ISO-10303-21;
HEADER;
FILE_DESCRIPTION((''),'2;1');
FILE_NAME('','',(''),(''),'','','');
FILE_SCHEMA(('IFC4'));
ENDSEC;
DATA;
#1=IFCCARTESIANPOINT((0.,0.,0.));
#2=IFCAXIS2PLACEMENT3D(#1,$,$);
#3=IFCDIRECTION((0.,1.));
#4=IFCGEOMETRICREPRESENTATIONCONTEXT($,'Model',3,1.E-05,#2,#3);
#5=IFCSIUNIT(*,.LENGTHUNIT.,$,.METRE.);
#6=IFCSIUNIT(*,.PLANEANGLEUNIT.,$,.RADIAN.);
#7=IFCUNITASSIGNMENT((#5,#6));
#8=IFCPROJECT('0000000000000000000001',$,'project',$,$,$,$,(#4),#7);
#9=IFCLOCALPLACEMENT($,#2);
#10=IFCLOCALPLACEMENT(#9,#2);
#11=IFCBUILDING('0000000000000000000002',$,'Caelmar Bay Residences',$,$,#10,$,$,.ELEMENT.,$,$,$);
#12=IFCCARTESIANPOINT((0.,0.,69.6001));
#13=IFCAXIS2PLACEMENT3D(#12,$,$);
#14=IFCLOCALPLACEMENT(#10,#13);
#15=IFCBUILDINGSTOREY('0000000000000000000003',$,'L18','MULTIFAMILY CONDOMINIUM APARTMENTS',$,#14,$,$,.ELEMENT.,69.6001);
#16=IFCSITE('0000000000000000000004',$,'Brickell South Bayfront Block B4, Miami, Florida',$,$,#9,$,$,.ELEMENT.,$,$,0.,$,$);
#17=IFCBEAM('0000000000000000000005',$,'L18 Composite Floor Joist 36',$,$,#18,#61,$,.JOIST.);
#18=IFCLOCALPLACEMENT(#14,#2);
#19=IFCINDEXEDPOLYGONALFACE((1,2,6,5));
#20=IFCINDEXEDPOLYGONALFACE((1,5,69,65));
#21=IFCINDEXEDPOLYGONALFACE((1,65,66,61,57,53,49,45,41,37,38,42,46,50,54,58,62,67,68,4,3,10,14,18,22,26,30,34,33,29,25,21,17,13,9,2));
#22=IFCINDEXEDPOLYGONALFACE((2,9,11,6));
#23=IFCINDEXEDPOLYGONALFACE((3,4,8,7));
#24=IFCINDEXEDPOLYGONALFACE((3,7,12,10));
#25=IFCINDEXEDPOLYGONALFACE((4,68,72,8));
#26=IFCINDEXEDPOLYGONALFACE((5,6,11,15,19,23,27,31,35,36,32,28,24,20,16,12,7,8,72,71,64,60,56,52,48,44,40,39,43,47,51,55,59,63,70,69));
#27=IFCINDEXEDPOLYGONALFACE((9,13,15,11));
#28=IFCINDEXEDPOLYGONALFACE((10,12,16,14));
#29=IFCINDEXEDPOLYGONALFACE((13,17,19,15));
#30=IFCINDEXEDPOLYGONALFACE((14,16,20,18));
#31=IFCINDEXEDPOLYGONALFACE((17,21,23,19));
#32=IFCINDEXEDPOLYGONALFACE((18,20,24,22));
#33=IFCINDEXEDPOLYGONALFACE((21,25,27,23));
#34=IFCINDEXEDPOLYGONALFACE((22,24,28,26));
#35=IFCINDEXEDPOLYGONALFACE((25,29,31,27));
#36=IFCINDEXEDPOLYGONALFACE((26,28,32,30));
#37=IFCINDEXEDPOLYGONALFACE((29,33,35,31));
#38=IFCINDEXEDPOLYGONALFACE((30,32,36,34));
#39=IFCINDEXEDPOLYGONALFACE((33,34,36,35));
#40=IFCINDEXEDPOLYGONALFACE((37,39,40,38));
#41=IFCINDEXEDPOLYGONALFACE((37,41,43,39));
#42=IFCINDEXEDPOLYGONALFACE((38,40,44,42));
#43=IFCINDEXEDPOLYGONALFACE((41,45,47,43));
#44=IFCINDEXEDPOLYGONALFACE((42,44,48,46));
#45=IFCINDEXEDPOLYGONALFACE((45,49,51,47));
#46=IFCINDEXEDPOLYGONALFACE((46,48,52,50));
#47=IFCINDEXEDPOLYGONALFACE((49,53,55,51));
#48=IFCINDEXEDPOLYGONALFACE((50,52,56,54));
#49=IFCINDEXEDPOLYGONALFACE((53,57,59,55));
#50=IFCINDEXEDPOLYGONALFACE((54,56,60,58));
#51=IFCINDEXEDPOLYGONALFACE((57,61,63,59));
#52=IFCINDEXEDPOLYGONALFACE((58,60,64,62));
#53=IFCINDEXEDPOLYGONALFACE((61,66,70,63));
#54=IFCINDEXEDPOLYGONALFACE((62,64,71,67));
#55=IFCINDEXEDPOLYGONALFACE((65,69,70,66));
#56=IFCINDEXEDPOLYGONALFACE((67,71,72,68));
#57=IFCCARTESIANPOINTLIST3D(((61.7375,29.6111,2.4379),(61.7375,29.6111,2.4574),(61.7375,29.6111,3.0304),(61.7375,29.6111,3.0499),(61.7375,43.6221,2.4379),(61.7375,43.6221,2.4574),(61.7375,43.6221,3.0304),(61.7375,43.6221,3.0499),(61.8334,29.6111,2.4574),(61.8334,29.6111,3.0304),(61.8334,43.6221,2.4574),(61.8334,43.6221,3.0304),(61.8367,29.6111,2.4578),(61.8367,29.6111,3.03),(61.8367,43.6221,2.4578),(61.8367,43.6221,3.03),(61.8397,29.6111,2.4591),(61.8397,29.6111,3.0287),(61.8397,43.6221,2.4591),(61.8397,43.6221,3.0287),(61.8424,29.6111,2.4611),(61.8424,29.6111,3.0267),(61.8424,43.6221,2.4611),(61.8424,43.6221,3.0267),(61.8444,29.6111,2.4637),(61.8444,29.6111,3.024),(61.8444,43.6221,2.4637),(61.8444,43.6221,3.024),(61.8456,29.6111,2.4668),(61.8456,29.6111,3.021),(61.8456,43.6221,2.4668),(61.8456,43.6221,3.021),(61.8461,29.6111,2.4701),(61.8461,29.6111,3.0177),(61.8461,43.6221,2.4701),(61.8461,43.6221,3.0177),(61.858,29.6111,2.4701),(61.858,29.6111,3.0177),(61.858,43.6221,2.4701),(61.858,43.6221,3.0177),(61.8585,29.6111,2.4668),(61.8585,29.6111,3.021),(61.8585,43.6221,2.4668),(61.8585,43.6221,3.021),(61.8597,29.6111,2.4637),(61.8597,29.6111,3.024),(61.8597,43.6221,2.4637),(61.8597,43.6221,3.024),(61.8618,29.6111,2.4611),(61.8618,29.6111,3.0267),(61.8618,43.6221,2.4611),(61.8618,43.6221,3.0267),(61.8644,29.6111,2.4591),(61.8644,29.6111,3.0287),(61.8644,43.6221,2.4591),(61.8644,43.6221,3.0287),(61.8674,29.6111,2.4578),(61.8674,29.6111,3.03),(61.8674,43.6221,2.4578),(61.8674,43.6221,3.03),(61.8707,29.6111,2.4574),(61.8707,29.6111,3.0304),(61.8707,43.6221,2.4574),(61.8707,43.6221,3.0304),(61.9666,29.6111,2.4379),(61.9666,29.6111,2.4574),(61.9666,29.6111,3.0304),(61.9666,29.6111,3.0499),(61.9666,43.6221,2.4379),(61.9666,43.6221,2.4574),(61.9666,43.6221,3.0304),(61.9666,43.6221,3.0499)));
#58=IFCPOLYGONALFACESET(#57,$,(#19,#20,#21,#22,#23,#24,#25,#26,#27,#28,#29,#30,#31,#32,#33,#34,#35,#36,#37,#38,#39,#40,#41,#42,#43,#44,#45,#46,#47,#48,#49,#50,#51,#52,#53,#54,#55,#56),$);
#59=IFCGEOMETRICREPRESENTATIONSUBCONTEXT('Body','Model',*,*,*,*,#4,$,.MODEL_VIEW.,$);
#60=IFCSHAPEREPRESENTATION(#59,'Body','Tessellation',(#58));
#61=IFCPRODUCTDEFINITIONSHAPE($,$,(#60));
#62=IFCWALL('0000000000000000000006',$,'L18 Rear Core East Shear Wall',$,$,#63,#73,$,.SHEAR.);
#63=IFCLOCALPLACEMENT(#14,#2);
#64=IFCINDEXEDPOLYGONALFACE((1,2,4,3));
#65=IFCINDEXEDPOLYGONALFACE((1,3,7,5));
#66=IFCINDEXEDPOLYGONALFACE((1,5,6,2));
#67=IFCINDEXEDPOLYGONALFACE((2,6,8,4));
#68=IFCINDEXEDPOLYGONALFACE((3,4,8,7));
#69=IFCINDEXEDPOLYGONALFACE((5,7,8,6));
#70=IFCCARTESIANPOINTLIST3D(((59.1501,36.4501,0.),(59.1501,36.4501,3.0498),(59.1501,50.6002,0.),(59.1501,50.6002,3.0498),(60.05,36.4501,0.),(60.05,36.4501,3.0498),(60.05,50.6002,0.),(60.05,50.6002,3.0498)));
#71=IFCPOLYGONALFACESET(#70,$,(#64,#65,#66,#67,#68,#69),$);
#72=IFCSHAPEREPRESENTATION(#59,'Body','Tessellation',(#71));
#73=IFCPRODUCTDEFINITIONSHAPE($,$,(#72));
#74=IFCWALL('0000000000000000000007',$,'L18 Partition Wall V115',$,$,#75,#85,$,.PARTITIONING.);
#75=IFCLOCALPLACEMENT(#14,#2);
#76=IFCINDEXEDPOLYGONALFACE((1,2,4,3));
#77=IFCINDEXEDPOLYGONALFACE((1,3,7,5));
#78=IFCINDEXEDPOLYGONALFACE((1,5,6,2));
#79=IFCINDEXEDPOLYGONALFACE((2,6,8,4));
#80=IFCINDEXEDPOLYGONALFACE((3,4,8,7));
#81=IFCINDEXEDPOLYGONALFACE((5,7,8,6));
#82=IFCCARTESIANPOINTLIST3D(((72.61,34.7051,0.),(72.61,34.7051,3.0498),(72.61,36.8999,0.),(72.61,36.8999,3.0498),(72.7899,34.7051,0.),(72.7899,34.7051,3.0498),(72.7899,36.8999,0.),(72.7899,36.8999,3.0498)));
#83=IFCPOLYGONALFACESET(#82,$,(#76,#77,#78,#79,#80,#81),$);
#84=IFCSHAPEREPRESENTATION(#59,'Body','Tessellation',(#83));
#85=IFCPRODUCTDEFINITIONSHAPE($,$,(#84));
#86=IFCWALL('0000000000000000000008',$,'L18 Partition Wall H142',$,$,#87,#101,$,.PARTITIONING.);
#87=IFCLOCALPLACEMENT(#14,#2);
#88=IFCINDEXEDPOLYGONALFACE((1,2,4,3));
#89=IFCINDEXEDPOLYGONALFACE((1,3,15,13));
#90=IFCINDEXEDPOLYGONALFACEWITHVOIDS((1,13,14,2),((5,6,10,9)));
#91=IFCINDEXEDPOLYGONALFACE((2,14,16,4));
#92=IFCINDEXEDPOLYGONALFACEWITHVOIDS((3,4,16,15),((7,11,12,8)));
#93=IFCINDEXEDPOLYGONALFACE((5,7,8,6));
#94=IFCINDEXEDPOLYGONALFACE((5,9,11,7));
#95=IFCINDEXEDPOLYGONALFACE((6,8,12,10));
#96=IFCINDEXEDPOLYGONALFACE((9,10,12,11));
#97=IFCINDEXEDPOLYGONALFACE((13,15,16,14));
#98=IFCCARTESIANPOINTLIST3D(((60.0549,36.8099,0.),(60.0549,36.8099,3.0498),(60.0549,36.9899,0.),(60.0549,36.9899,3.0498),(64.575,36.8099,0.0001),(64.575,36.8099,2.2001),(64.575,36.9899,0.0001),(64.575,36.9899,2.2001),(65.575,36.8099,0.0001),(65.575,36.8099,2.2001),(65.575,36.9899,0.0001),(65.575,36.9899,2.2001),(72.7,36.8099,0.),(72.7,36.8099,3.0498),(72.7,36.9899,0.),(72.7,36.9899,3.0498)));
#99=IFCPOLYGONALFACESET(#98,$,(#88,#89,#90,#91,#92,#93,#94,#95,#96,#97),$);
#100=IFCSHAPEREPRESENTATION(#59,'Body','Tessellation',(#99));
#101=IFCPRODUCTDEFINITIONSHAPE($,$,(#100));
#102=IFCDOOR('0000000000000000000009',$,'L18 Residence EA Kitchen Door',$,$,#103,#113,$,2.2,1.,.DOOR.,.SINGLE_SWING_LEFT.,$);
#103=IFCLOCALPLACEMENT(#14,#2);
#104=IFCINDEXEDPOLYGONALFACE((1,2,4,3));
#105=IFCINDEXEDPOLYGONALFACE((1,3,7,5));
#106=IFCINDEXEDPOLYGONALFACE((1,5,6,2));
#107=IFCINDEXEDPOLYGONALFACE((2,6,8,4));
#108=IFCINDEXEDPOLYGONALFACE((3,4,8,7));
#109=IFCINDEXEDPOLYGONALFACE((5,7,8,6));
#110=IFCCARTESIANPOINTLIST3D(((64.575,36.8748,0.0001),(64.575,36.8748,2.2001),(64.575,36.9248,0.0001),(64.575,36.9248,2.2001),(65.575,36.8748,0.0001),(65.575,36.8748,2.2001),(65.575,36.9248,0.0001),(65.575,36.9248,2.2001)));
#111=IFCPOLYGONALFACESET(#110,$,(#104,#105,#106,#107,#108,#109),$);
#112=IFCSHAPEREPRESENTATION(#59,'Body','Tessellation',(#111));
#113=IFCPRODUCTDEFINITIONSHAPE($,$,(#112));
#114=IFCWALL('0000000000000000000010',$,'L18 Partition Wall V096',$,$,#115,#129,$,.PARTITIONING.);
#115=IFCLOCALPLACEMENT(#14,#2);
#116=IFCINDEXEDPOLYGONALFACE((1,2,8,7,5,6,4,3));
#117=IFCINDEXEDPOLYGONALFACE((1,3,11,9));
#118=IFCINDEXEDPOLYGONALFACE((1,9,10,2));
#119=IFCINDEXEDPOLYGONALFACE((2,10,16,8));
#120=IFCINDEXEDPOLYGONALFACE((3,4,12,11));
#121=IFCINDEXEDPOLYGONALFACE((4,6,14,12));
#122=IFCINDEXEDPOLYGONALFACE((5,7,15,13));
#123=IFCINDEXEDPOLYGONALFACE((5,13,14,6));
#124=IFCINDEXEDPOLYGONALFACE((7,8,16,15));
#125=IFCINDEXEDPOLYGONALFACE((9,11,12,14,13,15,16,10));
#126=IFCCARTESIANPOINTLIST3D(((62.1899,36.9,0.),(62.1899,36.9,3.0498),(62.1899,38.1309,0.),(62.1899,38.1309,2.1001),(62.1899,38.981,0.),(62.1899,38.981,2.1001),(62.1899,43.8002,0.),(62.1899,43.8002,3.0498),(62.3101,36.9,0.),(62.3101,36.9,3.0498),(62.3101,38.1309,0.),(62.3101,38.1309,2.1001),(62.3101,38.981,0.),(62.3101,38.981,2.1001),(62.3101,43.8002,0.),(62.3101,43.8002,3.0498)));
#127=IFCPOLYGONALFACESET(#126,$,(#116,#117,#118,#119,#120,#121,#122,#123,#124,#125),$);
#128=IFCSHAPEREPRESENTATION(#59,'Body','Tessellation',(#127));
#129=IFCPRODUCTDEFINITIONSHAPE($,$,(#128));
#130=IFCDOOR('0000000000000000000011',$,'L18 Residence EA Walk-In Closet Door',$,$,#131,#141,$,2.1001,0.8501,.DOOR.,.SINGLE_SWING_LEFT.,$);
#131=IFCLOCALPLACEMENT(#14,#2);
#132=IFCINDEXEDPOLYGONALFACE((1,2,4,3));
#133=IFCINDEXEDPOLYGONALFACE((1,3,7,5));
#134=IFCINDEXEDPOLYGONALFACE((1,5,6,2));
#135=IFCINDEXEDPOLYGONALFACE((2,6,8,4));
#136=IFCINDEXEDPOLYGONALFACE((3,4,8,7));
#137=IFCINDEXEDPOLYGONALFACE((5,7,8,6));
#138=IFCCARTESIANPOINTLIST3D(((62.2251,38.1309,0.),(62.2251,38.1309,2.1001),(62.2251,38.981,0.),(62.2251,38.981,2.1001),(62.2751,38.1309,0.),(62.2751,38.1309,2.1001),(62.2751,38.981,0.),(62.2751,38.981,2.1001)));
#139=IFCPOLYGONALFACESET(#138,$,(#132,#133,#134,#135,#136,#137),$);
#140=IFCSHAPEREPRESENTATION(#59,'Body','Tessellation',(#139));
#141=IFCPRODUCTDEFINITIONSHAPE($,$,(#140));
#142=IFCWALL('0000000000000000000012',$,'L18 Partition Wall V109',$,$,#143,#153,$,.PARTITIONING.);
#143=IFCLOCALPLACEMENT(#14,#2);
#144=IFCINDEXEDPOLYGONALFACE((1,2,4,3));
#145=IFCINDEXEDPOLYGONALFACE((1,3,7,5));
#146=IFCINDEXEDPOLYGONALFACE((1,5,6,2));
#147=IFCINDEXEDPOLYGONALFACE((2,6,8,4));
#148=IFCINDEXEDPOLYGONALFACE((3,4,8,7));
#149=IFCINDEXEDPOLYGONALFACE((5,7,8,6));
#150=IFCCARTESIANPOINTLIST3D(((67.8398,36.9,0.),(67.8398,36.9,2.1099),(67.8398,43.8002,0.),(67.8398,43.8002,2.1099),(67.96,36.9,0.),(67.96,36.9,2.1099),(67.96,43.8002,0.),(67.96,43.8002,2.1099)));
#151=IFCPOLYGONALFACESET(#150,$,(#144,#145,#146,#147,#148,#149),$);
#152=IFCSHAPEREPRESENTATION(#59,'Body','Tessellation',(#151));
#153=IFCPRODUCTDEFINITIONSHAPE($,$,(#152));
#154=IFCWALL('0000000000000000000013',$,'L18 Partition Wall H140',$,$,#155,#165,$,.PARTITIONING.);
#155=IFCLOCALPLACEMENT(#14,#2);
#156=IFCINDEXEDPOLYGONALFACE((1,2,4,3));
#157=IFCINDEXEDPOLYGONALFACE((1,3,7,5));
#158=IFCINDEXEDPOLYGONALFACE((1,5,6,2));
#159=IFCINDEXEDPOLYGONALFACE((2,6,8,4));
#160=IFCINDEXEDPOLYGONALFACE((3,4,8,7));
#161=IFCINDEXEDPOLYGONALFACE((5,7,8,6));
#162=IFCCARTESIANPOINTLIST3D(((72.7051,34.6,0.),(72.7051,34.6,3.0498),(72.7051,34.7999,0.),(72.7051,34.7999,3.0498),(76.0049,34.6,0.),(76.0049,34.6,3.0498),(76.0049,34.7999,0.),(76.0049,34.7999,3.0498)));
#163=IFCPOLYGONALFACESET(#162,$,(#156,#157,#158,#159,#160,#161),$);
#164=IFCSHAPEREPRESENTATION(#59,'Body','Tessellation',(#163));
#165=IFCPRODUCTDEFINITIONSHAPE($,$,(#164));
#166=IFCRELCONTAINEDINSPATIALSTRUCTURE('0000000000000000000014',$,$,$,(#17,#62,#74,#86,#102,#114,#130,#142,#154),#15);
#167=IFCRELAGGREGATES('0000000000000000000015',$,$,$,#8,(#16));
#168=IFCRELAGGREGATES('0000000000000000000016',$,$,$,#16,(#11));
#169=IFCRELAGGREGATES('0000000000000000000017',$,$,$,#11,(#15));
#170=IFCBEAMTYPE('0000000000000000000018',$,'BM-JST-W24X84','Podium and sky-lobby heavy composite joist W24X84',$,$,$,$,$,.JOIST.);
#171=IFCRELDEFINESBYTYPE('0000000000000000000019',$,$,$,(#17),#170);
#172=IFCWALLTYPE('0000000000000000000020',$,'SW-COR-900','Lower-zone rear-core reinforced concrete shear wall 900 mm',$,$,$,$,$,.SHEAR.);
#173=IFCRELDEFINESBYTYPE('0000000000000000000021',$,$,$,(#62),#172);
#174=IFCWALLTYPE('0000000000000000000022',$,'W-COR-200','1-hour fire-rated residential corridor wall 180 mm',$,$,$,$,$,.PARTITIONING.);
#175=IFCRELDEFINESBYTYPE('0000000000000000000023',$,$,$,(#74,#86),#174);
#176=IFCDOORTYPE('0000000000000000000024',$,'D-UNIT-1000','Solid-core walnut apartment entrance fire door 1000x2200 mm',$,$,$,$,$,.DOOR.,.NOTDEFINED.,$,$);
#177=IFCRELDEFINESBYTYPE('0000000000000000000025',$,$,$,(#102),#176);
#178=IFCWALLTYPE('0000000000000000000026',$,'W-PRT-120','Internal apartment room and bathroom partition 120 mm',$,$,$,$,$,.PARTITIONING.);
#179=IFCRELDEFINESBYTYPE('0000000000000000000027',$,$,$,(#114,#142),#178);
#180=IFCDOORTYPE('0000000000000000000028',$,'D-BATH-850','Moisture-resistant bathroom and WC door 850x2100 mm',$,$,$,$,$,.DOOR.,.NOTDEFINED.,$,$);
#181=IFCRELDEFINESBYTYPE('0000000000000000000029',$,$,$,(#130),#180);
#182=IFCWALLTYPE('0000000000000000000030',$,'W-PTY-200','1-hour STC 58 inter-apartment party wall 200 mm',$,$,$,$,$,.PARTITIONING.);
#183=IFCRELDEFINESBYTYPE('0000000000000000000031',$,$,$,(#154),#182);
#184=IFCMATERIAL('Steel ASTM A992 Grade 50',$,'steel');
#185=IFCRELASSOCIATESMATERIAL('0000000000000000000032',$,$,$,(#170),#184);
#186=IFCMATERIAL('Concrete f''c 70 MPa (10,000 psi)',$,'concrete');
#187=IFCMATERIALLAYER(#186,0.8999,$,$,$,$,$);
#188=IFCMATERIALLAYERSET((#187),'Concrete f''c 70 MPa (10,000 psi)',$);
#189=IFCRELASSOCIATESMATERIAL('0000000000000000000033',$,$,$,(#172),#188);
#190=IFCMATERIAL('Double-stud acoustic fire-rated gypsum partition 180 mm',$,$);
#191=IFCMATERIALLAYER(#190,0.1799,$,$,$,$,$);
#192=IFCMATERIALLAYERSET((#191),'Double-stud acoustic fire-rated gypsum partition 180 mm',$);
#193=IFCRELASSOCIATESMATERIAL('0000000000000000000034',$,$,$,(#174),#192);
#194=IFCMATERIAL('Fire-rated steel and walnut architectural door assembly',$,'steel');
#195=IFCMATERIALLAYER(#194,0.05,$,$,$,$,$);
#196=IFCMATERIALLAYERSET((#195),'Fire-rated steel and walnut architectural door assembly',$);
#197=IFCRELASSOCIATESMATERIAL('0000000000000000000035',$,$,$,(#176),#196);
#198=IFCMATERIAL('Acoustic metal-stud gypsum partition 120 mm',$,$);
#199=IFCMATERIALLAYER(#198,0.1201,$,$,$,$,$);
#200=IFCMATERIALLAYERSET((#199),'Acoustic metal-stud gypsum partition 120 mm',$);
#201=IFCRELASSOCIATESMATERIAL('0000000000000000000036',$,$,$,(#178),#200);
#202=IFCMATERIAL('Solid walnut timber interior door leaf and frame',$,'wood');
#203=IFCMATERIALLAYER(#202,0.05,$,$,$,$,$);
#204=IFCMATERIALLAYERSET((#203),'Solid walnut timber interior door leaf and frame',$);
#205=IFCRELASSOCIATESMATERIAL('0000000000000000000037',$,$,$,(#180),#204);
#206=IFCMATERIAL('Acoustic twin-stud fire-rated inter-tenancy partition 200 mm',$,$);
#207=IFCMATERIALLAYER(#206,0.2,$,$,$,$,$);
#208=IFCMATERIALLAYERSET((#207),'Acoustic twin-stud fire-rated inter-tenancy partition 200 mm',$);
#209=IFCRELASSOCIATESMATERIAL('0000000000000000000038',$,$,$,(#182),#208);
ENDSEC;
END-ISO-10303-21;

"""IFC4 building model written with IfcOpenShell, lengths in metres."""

from ifc_helpers import new_model, si_unit, direction, frame, frame_2d, origin, origin_2d, place, context, subcontext, project, spatial, rectangle, i_section, extrude, material, layer, layer_set, material_profile, profile_set, type_object, element, fill, save


model = new_model("IFC4")

# Units and contexts
model_context = context("Model", 3, precision=1e-05, world=origin(), true_north=direction((0.0, 1.0)))
body_context = subcontext(model_context, "Body", "Model", "MODEL_VIEW")
ifc_project = project(units=[si_unit("LENGTHUNIT", "METRE"), si_unit("PLANEANGLEUNIT", "RADIAN")], contexts=[model_context])

# Site, building, storey
site_placement = place(None, origin())
site = spatial("IfcSite", under=ifc_project, at=site_placement, Name="Brickell South Bayfront Block B4, Miami, Florida", CompositionType="ELEMENT", RefElevation=0.0)
building_placement = place(site_placement, origin())
building = spatial("IfcBuilding", under=site, at=building_placement, Name="Caelmar Bay Residences", CompositionType="ELEMENT")
storey_placement = place(building_placement, frame((0.0, 0.0, 69.6001)))
storey = spatial("IfcBuildingStorey", under=building, at=storey_placement, Name="L18", Description="MULTIFAMILY CONDOMINIUM APARTMENTS", CompositionType="ELEMENT", Elevation=69.6001)

# Shared definitions
ifc_material_1 = material(Name="Concrete f'c 70 MPa (10,000 psi)", Category="concrete")

# Beam
ifc_material_2 = material(Name="Steel ASTM A992 Grade 50", Category="steel")
ifc_material_profile_1 = material_profile(ifc_material_2, i_section(OverallWidth=0.229, OverallDepth=0.6121, WebThickness=0.012, FlangeThickness=0.0195, FilletRadius=0.0127, at=origin_2d()), Name="W24X84")
ifc_profile_set_1 = profile_set([ifc_material_profile_1], Name="Steel ASTM A992 Grade 50")
beam_type_1 = type_object("IfcBeamType", Name="BM-JST-W24X84", Description="Podium and sky-lobby heavy composite joist W24X84", PredefinedType="JOIST", material=ifc_profile_set_1)
beam_1_placement = place(storey_placement, frame((61.8521, 29.6111, 2.7439), z_axis=(0.0, 1.0, 0.0), x_axis=(-1.0, 0.0, 0.0)))
element("IfcBeam", 1, at=beam_1_placement, inside=storey, type_object=beam_type_1, Name="L18 Composite Floor Joist 36", PredefinedType="JOIST", context=body_context, shape_type="SweptSolid", body=[
    extrude(i_section(OverallWidth=0.229, OverallDepth=0.6121, WebThickness=0.012, FlangeThickness=0.0195, FilletRadius=0.0127, at=origin_2d()), origin(), (0.0, 0.0, 1.0), 14.011),
])

# Walls
ifc_layer_1 = layer(ifc_material_1, 0.8999)
ifc_layer_set_1 = layer_set([ifc_layer_1], Name="Concrete f'c 70 MPa (10,000 psi)")
wall_type_1 = type_object("IfcWallType", Name="SW-COR-900", Description="Lower-zone rear-core reinforced concrete shear wall 900 mm", PredefinedType="SHEAR", material=ifc_layer_set_1)
wall_1_placement = place(storey_placement, frame((59.6001, 36.45, 0.0), z_axis=(0.0, 0.0, 1.0), x_axis=(0.0, 1.0, 0.0)))
element("IfcWall", 2, at=wall_1_placement, inside=storey, type_object=wall_type_1, Name="L18 Rear Core East Shear Wall", PredefinedType="SHEAR", context=body_context, shape_type="SweptSolid", body=[
    extrude(rectangle(XDim=14.1501, YDim=0.8999, at=frame_2d((7.0752, 0.0))), origin(), (0.0, 0.0, 1.0), 3.0498),
])
ifc_material_3 = material(Name="Double-stud acoustic fire-rated gypsum partition 180 mm")
ifc_layer_2 = layer(ifc_material_3, 0.1799)
ifc_layer_set_2 = layer_set([ifc_layer_2], Name="Double-stud acoustic fire-rated gypsum partition 180 mm")
wall_type_2 = type_object("IfcWallType", Name="W-COR-200", Description="1-hour fire-rated residential corridor wall 180 mm", PredefinedType="PARTITIONING", material=ifc_layer_set_2)
wall_2_placement = place(storey_placement, frame((72.7, 34.7051, 0.0), z_axis=(0.0, 0.0, 1.0), x_axis=(0.0, 1.0, 0.0)))
element("IfcWall", 3, at=wall_2_placement, inside=storey, type_object=wall_type_2, Name="L18 Partition Wall V115", PredefinedType="PARTITIONING", context=body_context, shape_type="SweptSolid", body=[
    extrude(rectangle(XDim=2.1948, YDim=0.1799, at=frame_2d((1.0974, 0.0))), origin(), (0.0, 0.0, 1.0), 3.0498),
])

# Walls, openings, doors
wall_3_placement = place(storey_placement, frame((60.0549, 36.8999, 0.0), z_axis=(0.0, 0.0, 1.0), x_axis=(1.0, 0.0, 0.0)))
wall_3 = element("IfcWall", 4, at=wall_3_placement, inside=storey, type_object=wall_type_2, Name="L18 Partition Wall H142", PredefinedType="PARTITIONING", context=body_context, shape_type="SweptSolid", body=[
    extrude(rectangle(XDim=12.645, YDim=0.1799, at=frame_2d((6.3225, 0.0))), origin(), (0.0, 0.0, 1.0), 3.0498),
])
opening_1_placement = place(wall_3_placement, frame((4.52, 0.0, 0.0)))
opening_1 = element("IfcOpeningElement", 5, at=opening_1_placement, cuts=wall_3, PredefinedType="OPENING", context=body_context, shape_type="SweptSolid", body=[
    extrude(rectangle(XDim=1.0, YDim=2.2, at=frame_2d((0.5, 1.1001))), frame((0.0, 0.0999, 0.0), z_axis=(0.0, -1.0, 0.0), x_axis=(1.0, 0.0, 0.0)), (0.0, 0.0, 1.0), 0.2),
])
ifc_material_4 = material(Name="Fire-rated steel and walnut architectural door assembly", Category="steel")
ifc_layer_3 = layer(ifc_material_4, 0.05)
ifc_layer_set_3 = layer_set([ifc_layer_3], Name="Fire-rated steel and walnut architectural door assembly")
door_type_1 = type_object("IfcDoorType", Name="D-UNIT-1000", Description="Solid-core walnut apartment entrance fire door 1000x2200 mm", OperationType="NOTDEFINED", PredefinedType="DOOR", material=ifc_layer_set_3)
door_1_placement = place(opening_1_placement, origin())
door_1 = element("IfcDoor", 6, at=door_1_placement, inside=storey, type_object=door_type_1, Name="L18 Residence EA Kitchen Door", OperationType="SINGLE_SWING_LEFT", OverallHeight=2.2, OverallWidth=1.0, PredefinedType="DOOR", context=body_context, shape_type="SweptSolid", body=[
    extrude(rectangle(XDim=1.0, YDim=2.2, at=frame_2d((0.5, 1.1001))), frame((0.0, 0.0249, 0.0), z_axis=(0.0, -1.0, 0.0), x_axis=(1.0, 0.0, 0.0)), (0.0, 0.0, 1.0), 0.05),
])
fill(opening_1, door_1)
ifc_material_5 = material(Name="Acoustic metal-stud gypsum partition 120 mm")
ifc_layer_4 = layer(ifc_material_5, 0.1201)
ifc_layer_set_4 = layer_set([ifc_layer_4], Name="Acoustic metal-stud gypsum partition 120 mm")
wall_type_3 = type_object("IfcWallType", Name="W-PRT-120", Description="Internal apartment room and bathroom partition 120 mm", PredefinedType="PARTITIONING", material=ifc_layer_set_4)
wall_4_placement = place(storey_placement, frame((62.25, 36.8999, 0.0), z_axis=(0.0, 0.0, 1.0), x_axis=(0.0, 1.0, 0.0)))
wall_4 = element("IfcWall", 7, at=wall_4_placement, inside=storey, type_object=wall_type_3, Name="L18 Partition Wall V096", PredefinedType="PARTITIONING", context=body_context, shape_type="SweptSolid", body=[
    extrude(rectangle(XDim=6.9001, YDim=0.1201, at=frame_2d((3.4502, 0.0))), origin(), (0.0, 0.0, 1.0), 3.0498),
])
opening_2_placement = place(wall_4_placement, frame((1.231, 0.0, 0.0)))
opening_2 = element("IfcOpeningElement", 8, at=opening_2_placement, cuts=wall_4, PredefinedType="OPENING", context=body_context, shape_type="SweptSolid", body=[
    extrude(rectangle(XDim=0.8501, YDim=2.1001, at=frame_2d((0.425, 1.05))), frame((0.0, 0.0701, 0.0), z_axis=(0.0, -1.0, 0.0), x_axis=(1.0, 0.0, 0.0)), (0.0, 0.0, 1.0), 0.1401),
])
ifc_material_6 = material(Name="Solid walnut timber interior door leaf and frame", Category="wood")
ifc_layer_5 = layer(ifc_material_6, 0.05)
ifc_layer_set_5 = layer_set([ifc_layer_5], Name="Solid walnut timber interior door leaf and frame")
door_type_2 = type_object("IfcDoorType", Name="D-BATH-850", Description="Moisture-resistant bathroom and WC door 850x2100 mm", OperationType="NOTDEFINED", PredefinedType="DOOR", material=ifc_layer_set_5)
door_2_placement = place(opening_2_placement, origin())
door_2 = element("IfcDoor", 9, at=door_2_placement, inside=storey, type_object=door_type_2, Name="L18 Residence EA Walk-In Closet Door", OperationType="SINGLE_SWING_LEFT", OverallHeight=2.1001, OverallWidth=0.8501, PredefinedType="DOOR", context=body_context, shape_type="SweptSolid", body=[
    extrude(rectangle(XDim=0.8501, YDim=2.1001, at=frame_2d((0.425, 1.05))), frame((0.0, 0.0249, 0.0), z_axis=(0.0, -1.0, 0.0), x_axis=(1.0, 0.0, 0.0)), (0.0, 0.0, 1.0), 0.05),
])
fill(opening_2, door_2)

# Walls
wall_5_placement = place(storey_placement, frame((67.8999, 36.8999, 0.0), z_axis=(0.0, 0.0, 1.0), x_axis=(0.0, 1.0, 0.0)))
element("IfcWall", 10, at=wall_5_placement, inside=storey, type_object=wall_type_3, Name="L18 Partition Wall V109", PredefinedType="PARTITIONING", context=body_context, shape_type="SweptSolid", body=[
    extrude(rectangle(XDim=6.9001, YDim=0.1201, at=frame_2d((3.4502, 0.0))), origin(), (0.0, 0.0, 1.0), 2.1099),
])
ifc_material_7 = material(Name="Acoustic twin-stud fire-rated inter-tenancy partition 200 mm")
ifc_layer_6 = layer(ifc_material_7, 0.2)
ifc_layer_set_6 = layer_set([ifc_layer_6], Name="Acoustic twin-stud fire-rated inter-tenancy partition 200 mm")
wall_type_4 = type_object("IfcWallType", Name="W-PTY-200", Description="1-hour STC 58 inter-apartment party wall 200 mm", PredefinedType="PARTITIONING", material=ifc_layer_set_6)
wall_6_placement = place(storey_placement, frame((72.7051, 34.7, 0.0), z_axis=(0.0, 0.0, 1.0), x_axis=(1.0, 0.0, 0.0)))
element("IfcWall", 11, at=wall_6_placement, inside=storey, type_object=wall_type_4, Name="L18 Partition Wall H140", PredefinedType="PARTITIONING", context=body_context, shape_type="SweptSolid", body=[
    extrude(rectangle(XDim=3.2998, YDim=0.2, at=frame_2d((1.6499, 0.0))), origin(), (0.0, 0.0, 1.0), 3.0498),
])

save(model, "model.ifc")
